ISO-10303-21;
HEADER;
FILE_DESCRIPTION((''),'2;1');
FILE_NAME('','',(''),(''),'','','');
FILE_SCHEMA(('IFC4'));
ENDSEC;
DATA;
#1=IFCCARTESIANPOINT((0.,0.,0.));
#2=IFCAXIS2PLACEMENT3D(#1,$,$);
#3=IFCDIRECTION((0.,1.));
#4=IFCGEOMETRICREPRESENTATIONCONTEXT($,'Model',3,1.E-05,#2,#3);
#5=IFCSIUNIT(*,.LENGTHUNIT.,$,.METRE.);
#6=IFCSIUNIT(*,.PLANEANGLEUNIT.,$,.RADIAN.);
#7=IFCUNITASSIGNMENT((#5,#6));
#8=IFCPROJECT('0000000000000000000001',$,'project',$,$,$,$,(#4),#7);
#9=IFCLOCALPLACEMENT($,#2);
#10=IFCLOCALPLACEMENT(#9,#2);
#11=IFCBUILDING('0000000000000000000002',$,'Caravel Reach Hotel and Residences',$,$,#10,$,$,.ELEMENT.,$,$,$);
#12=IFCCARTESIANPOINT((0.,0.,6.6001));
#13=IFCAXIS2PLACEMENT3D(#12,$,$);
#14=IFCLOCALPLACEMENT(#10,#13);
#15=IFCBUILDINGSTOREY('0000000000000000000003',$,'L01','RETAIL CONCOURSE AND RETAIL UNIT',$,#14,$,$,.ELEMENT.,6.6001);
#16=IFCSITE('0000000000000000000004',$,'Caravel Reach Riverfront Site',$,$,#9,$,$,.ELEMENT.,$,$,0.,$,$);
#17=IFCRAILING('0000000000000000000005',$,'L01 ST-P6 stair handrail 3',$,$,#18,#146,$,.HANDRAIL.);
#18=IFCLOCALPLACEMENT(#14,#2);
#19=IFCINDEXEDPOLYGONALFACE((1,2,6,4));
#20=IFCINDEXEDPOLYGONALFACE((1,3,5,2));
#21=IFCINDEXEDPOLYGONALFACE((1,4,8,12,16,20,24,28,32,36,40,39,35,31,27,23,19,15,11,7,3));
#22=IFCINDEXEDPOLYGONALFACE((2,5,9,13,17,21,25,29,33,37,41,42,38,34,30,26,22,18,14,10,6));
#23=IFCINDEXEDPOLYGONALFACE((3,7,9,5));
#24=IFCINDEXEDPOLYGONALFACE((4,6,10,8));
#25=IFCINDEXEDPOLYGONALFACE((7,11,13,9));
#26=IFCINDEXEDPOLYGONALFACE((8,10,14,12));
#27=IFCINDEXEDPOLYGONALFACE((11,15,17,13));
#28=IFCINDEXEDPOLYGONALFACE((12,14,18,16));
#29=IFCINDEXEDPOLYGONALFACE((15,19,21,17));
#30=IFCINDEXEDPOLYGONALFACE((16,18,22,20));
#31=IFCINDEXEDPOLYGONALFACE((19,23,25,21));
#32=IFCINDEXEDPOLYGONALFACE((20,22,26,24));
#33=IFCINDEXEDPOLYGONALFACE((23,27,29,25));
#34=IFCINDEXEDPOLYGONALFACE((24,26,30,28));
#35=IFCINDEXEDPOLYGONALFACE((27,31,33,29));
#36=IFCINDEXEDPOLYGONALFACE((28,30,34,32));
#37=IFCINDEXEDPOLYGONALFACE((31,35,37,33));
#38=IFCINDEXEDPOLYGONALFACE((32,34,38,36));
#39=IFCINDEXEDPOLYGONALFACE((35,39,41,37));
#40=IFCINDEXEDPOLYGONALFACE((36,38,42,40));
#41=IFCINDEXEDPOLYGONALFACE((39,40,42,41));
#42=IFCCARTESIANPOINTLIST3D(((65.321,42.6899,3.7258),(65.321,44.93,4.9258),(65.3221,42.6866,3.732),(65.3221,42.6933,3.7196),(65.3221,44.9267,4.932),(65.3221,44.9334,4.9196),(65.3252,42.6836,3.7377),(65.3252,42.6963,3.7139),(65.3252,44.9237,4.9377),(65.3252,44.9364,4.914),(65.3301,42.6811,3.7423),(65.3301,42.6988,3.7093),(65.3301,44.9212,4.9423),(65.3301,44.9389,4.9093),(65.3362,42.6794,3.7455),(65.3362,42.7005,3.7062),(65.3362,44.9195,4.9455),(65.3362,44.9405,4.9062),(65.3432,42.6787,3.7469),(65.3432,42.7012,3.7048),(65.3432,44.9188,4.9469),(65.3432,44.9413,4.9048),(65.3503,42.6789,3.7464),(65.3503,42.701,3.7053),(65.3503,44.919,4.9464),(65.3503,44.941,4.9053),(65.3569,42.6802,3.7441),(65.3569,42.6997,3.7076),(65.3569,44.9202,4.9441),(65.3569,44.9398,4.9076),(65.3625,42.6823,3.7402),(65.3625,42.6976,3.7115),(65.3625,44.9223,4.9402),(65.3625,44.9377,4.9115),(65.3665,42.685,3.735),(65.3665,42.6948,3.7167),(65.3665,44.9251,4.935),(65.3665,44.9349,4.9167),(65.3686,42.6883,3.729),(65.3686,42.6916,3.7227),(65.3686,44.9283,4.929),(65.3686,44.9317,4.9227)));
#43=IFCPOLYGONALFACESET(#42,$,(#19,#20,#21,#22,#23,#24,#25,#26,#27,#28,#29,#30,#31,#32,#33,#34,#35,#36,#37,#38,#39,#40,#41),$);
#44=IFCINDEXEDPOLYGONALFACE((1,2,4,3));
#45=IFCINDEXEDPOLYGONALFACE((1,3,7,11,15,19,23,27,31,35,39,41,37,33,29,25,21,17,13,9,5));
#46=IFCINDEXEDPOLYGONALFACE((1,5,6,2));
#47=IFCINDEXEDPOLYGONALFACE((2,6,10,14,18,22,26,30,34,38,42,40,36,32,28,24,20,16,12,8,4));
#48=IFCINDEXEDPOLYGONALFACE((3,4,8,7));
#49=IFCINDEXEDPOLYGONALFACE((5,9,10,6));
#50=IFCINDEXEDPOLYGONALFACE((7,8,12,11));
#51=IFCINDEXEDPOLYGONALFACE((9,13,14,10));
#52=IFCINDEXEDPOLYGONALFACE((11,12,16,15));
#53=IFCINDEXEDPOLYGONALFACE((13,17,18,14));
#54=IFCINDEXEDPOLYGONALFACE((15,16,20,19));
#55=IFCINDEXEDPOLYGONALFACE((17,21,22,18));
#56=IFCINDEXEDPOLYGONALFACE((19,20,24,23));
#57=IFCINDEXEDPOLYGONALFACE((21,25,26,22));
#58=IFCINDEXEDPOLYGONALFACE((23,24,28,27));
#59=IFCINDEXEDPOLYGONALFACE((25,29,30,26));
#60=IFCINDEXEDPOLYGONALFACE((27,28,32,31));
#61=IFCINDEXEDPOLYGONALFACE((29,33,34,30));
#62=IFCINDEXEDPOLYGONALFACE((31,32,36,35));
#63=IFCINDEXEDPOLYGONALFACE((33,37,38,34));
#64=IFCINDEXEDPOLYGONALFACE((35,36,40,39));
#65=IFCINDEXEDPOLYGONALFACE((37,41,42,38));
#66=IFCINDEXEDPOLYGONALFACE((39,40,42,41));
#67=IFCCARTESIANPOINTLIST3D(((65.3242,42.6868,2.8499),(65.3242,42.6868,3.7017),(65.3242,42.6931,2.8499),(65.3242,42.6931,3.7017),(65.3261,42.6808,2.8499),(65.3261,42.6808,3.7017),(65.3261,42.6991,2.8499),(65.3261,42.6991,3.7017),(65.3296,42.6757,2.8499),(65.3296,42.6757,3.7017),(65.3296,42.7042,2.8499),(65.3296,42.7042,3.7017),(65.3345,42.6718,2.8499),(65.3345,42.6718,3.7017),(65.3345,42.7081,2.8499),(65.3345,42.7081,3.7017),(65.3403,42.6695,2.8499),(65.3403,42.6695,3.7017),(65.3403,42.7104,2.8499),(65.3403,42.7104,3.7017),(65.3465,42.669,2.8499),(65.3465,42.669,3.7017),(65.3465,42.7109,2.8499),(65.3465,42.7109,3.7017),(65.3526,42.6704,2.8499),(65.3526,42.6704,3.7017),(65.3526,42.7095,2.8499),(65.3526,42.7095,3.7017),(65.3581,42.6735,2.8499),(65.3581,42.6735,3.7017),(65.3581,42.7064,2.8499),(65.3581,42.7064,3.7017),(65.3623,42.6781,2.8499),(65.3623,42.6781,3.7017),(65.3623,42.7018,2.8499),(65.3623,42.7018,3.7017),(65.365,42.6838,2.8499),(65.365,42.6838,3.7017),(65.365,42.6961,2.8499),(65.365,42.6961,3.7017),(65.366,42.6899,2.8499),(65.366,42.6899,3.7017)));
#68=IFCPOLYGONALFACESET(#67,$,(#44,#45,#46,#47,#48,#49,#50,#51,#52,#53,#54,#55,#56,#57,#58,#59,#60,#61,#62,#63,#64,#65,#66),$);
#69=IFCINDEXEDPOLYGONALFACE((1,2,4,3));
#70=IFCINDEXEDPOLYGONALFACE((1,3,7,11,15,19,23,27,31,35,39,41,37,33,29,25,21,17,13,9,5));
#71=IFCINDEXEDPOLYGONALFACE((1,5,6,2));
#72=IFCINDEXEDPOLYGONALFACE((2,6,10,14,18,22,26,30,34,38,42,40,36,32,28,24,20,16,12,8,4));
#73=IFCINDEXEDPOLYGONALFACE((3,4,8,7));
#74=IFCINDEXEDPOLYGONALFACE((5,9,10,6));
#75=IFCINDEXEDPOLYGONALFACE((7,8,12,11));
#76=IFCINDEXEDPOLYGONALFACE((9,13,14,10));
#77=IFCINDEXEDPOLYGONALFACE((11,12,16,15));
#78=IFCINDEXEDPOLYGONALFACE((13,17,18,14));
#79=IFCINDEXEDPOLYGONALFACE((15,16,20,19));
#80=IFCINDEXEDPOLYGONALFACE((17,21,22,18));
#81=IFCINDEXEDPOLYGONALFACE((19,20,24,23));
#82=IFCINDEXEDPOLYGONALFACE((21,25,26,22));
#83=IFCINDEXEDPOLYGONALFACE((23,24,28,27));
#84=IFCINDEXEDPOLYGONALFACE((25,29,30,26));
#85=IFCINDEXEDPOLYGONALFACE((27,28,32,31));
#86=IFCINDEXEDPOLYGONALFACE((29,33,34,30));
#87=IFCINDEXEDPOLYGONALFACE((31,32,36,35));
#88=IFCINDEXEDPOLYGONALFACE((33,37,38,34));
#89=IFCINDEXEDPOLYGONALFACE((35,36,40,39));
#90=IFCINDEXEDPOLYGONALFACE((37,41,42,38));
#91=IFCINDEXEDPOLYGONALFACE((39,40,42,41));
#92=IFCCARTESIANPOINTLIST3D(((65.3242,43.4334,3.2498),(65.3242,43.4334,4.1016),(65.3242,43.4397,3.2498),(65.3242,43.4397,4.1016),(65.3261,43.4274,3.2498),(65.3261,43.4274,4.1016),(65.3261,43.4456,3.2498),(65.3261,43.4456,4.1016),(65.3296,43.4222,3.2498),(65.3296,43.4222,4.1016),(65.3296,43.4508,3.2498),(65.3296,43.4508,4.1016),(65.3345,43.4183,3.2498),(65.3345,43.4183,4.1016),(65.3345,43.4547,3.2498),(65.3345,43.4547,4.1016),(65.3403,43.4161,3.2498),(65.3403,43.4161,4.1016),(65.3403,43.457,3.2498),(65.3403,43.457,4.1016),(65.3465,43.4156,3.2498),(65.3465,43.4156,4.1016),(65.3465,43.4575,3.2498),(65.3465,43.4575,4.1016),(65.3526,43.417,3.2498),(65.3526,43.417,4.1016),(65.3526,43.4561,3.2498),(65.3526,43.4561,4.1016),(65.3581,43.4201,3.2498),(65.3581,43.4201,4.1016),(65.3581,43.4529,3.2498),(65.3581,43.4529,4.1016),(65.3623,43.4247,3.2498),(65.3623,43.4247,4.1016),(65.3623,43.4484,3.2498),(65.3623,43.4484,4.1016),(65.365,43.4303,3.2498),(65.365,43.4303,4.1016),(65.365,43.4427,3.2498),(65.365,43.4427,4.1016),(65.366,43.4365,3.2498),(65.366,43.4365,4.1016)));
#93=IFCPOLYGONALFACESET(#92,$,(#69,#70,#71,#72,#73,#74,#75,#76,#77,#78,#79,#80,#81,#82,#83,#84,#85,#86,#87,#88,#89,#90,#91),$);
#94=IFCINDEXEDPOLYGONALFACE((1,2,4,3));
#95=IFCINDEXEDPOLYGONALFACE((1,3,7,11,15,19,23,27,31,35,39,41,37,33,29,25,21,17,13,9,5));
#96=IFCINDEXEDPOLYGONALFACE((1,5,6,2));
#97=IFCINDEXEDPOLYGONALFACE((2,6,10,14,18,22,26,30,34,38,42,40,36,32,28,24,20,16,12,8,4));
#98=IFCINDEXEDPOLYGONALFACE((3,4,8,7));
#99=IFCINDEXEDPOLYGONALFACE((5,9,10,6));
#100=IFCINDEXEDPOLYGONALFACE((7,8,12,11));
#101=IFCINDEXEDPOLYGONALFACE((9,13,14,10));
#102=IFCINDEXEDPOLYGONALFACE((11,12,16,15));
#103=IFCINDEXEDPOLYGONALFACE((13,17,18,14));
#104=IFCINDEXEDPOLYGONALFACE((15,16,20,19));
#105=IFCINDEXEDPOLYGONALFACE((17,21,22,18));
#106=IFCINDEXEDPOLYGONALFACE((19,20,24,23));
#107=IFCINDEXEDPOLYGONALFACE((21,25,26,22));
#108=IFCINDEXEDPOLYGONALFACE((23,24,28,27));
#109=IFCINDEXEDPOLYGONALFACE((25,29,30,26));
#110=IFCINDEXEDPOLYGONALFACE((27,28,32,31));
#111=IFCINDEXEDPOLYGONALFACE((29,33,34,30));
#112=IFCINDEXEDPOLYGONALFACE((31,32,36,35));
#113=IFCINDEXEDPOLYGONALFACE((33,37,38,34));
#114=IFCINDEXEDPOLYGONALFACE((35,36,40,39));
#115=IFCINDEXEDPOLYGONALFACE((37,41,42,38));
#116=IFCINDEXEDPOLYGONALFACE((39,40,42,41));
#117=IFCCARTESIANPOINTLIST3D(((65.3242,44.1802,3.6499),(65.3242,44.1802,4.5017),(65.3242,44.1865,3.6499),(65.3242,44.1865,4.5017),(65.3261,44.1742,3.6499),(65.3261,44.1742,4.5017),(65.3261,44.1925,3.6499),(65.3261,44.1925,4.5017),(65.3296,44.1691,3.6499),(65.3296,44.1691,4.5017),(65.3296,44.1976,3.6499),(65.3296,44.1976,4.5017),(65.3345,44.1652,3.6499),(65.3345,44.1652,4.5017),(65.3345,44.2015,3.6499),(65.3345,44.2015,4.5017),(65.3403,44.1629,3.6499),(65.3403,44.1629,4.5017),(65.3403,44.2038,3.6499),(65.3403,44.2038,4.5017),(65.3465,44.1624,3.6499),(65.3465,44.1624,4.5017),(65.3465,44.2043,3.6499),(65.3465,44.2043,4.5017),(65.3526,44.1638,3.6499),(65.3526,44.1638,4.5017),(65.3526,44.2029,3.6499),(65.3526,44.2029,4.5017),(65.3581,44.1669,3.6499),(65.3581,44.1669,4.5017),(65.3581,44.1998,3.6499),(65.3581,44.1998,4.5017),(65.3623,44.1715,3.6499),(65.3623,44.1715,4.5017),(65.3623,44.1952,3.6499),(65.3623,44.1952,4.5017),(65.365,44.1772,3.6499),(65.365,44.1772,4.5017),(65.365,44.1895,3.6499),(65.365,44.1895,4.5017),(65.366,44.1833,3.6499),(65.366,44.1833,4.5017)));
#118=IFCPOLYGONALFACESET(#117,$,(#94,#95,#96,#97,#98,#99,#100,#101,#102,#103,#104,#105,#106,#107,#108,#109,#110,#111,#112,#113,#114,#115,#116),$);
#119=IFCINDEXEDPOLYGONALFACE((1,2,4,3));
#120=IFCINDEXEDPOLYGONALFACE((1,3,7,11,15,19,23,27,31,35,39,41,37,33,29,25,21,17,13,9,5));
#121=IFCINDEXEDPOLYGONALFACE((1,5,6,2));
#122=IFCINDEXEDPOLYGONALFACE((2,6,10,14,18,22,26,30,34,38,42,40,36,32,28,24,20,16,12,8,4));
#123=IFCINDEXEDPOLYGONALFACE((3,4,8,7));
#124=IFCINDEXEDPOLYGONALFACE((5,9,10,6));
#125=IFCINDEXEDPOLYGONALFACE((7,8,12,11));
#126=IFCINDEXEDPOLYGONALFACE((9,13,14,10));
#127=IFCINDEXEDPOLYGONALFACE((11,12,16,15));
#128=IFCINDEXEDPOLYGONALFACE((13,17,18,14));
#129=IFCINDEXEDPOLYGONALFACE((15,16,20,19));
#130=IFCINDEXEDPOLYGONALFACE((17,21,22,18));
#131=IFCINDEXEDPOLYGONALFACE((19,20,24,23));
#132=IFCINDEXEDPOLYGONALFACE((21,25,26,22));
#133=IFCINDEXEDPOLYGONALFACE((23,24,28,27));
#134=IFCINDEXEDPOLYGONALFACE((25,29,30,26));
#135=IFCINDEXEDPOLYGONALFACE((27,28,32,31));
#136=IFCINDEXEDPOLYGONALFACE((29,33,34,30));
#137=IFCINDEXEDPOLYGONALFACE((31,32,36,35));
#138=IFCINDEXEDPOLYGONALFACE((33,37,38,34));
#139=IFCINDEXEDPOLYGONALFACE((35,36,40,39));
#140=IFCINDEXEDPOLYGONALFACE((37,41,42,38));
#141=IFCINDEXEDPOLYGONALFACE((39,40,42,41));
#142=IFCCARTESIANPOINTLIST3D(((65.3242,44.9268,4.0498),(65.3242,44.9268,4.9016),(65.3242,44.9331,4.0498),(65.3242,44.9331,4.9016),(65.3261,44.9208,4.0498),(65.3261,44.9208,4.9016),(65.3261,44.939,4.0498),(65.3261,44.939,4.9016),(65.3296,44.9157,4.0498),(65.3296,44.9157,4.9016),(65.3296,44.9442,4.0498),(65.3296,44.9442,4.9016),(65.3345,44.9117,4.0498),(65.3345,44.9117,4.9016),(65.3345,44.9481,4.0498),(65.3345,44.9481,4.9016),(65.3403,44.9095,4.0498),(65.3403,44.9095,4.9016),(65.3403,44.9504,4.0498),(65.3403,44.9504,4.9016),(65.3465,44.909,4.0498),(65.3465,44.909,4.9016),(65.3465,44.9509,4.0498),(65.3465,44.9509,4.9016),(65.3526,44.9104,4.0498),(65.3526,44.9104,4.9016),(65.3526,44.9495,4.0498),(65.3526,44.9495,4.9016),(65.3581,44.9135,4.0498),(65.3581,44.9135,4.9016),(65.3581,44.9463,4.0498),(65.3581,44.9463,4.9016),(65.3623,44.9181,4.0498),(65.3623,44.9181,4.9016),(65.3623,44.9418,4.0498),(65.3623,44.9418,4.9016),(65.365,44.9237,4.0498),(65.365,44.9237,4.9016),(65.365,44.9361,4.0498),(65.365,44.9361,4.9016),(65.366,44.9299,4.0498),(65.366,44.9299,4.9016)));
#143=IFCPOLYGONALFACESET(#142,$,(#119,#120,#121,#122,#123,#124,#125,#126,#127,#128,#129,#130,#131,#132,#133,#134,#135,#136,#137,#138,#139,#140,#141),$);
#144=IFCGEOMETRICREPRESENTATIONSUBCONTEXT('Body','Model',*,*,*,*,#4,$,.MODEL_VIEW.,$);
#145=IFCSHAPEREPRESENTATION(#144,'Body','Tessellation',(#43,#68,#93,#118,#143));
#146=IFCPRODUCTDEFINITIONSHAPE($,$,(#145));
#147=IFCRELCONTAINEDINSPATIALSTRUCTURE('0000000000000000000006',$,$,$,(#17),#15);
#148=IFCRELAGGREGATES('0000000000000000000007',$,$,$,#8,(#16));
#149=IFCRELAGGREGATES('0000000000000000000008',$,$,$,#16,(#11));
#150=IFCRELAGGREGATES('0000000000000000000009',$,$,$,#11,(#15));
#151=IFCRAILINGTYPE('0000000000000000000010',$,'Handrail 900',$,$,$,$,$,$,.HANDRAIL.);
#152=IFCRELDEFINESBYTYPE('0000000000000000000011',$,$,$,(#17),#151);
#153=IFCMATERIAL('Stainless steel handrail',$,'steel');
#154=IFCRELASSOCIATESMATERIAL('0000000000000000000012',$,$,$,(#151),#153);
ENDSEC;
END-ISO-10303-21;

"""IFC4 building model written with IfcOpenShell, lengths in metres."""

from ifc_helpers import new_model, si_unit, direction, frame, origin, origin_2d, place, context, subcontext, project, spatial, circle, extrude, material, type_object, element, save


model = new_model("IFC4")

# Units and contexts
model_context = context("Model", 3, precision=1e-05, world=origin(), true_north=direction((0.0, 1.0)))
body_context = subcontext(model_context, "Body", "Model", "MODEL_VIEW")
ifc_project = project(units=[si_unit("LENGTHUNIT", "METRE"), si_unit("PLANEANGLEUNIT", "RADIAN")], contexts=[model_context])

# Site, building, storey
site_placement = place(None, origin())
site = spatial("IfcSite", under=ifc_project, at=site_placement, Name="Caravel Reach Riverfront Site", CompositionType="ELEMENT", RefElevation=0.0)
building_placement = place(site_placement, origin())
building = spatial("IfcBuilding", under=site, at=building_placement, Name="Caravel Reach Hotel and Residences", CompositionType="ELEMENT")
storey_placement = place(building_placement, frame((0.0, 0.0, 6.6001)))
storey = spatial("IfcBuildingStorey", under=building, at=storey_placement, Name="L01", Description="RETAIL CONCOURSE AND RETAIL UNIT", CompositionType="ELEMENT", Elevation=6.6001)

# Railing
ifc_material_1 = material(Name="Stainless steel handrail", Category="steel")
railing_type_1 = type_object("IfcRailingType", Name="Handrail 900", PredefinedType="HANDRAIL", material=ifc_material_1)
railing_1_placement = place(storey_placement, frame((65.345, 42.6899, 2.8499)))
element("IfcRailing", 1, at=railing_1_placement, inside=storey, type_object=railing_type_1, Name="L01 ST-P6 stair handrail 3", PredefinedType="HANDRAIL", context=body_context, shape_type="SweptSolid", body=[
    extrude(circle(Radius=0.0239, at=origin_2d()), frame((0.0, 0.0, 0.876), z_axis=(0.0, 0.881487, 0.472208), x_axis=(-1.0, 0.0, 0.0)), (0.0, 0.0, 1.0), 2.5413),
    extrude(circle(Radius=0.021, at=origin_2d()), origin(), (0.0, 0.0, 1.0), 0.8518),
    extrude(circle(Radius=0.021, at=origin_2d()), frame((0.0, 0.7466, 0.3999)), (0.0, 0.0, 1.0), 0.8518),
    extrude(circle(Radius=0.021, at=origin_2d()), frame((0.0, 1.4934, 0.8)), (0.0, 0.0, 1.0), 0.8518),
    extrude(circle(Radius=0.021, at=origin_2d()), frame((0.0, 2.24, 1.2)), (0.0, 0.0, 1.0), 0.8518),
])

save(model, "model.ifc")
